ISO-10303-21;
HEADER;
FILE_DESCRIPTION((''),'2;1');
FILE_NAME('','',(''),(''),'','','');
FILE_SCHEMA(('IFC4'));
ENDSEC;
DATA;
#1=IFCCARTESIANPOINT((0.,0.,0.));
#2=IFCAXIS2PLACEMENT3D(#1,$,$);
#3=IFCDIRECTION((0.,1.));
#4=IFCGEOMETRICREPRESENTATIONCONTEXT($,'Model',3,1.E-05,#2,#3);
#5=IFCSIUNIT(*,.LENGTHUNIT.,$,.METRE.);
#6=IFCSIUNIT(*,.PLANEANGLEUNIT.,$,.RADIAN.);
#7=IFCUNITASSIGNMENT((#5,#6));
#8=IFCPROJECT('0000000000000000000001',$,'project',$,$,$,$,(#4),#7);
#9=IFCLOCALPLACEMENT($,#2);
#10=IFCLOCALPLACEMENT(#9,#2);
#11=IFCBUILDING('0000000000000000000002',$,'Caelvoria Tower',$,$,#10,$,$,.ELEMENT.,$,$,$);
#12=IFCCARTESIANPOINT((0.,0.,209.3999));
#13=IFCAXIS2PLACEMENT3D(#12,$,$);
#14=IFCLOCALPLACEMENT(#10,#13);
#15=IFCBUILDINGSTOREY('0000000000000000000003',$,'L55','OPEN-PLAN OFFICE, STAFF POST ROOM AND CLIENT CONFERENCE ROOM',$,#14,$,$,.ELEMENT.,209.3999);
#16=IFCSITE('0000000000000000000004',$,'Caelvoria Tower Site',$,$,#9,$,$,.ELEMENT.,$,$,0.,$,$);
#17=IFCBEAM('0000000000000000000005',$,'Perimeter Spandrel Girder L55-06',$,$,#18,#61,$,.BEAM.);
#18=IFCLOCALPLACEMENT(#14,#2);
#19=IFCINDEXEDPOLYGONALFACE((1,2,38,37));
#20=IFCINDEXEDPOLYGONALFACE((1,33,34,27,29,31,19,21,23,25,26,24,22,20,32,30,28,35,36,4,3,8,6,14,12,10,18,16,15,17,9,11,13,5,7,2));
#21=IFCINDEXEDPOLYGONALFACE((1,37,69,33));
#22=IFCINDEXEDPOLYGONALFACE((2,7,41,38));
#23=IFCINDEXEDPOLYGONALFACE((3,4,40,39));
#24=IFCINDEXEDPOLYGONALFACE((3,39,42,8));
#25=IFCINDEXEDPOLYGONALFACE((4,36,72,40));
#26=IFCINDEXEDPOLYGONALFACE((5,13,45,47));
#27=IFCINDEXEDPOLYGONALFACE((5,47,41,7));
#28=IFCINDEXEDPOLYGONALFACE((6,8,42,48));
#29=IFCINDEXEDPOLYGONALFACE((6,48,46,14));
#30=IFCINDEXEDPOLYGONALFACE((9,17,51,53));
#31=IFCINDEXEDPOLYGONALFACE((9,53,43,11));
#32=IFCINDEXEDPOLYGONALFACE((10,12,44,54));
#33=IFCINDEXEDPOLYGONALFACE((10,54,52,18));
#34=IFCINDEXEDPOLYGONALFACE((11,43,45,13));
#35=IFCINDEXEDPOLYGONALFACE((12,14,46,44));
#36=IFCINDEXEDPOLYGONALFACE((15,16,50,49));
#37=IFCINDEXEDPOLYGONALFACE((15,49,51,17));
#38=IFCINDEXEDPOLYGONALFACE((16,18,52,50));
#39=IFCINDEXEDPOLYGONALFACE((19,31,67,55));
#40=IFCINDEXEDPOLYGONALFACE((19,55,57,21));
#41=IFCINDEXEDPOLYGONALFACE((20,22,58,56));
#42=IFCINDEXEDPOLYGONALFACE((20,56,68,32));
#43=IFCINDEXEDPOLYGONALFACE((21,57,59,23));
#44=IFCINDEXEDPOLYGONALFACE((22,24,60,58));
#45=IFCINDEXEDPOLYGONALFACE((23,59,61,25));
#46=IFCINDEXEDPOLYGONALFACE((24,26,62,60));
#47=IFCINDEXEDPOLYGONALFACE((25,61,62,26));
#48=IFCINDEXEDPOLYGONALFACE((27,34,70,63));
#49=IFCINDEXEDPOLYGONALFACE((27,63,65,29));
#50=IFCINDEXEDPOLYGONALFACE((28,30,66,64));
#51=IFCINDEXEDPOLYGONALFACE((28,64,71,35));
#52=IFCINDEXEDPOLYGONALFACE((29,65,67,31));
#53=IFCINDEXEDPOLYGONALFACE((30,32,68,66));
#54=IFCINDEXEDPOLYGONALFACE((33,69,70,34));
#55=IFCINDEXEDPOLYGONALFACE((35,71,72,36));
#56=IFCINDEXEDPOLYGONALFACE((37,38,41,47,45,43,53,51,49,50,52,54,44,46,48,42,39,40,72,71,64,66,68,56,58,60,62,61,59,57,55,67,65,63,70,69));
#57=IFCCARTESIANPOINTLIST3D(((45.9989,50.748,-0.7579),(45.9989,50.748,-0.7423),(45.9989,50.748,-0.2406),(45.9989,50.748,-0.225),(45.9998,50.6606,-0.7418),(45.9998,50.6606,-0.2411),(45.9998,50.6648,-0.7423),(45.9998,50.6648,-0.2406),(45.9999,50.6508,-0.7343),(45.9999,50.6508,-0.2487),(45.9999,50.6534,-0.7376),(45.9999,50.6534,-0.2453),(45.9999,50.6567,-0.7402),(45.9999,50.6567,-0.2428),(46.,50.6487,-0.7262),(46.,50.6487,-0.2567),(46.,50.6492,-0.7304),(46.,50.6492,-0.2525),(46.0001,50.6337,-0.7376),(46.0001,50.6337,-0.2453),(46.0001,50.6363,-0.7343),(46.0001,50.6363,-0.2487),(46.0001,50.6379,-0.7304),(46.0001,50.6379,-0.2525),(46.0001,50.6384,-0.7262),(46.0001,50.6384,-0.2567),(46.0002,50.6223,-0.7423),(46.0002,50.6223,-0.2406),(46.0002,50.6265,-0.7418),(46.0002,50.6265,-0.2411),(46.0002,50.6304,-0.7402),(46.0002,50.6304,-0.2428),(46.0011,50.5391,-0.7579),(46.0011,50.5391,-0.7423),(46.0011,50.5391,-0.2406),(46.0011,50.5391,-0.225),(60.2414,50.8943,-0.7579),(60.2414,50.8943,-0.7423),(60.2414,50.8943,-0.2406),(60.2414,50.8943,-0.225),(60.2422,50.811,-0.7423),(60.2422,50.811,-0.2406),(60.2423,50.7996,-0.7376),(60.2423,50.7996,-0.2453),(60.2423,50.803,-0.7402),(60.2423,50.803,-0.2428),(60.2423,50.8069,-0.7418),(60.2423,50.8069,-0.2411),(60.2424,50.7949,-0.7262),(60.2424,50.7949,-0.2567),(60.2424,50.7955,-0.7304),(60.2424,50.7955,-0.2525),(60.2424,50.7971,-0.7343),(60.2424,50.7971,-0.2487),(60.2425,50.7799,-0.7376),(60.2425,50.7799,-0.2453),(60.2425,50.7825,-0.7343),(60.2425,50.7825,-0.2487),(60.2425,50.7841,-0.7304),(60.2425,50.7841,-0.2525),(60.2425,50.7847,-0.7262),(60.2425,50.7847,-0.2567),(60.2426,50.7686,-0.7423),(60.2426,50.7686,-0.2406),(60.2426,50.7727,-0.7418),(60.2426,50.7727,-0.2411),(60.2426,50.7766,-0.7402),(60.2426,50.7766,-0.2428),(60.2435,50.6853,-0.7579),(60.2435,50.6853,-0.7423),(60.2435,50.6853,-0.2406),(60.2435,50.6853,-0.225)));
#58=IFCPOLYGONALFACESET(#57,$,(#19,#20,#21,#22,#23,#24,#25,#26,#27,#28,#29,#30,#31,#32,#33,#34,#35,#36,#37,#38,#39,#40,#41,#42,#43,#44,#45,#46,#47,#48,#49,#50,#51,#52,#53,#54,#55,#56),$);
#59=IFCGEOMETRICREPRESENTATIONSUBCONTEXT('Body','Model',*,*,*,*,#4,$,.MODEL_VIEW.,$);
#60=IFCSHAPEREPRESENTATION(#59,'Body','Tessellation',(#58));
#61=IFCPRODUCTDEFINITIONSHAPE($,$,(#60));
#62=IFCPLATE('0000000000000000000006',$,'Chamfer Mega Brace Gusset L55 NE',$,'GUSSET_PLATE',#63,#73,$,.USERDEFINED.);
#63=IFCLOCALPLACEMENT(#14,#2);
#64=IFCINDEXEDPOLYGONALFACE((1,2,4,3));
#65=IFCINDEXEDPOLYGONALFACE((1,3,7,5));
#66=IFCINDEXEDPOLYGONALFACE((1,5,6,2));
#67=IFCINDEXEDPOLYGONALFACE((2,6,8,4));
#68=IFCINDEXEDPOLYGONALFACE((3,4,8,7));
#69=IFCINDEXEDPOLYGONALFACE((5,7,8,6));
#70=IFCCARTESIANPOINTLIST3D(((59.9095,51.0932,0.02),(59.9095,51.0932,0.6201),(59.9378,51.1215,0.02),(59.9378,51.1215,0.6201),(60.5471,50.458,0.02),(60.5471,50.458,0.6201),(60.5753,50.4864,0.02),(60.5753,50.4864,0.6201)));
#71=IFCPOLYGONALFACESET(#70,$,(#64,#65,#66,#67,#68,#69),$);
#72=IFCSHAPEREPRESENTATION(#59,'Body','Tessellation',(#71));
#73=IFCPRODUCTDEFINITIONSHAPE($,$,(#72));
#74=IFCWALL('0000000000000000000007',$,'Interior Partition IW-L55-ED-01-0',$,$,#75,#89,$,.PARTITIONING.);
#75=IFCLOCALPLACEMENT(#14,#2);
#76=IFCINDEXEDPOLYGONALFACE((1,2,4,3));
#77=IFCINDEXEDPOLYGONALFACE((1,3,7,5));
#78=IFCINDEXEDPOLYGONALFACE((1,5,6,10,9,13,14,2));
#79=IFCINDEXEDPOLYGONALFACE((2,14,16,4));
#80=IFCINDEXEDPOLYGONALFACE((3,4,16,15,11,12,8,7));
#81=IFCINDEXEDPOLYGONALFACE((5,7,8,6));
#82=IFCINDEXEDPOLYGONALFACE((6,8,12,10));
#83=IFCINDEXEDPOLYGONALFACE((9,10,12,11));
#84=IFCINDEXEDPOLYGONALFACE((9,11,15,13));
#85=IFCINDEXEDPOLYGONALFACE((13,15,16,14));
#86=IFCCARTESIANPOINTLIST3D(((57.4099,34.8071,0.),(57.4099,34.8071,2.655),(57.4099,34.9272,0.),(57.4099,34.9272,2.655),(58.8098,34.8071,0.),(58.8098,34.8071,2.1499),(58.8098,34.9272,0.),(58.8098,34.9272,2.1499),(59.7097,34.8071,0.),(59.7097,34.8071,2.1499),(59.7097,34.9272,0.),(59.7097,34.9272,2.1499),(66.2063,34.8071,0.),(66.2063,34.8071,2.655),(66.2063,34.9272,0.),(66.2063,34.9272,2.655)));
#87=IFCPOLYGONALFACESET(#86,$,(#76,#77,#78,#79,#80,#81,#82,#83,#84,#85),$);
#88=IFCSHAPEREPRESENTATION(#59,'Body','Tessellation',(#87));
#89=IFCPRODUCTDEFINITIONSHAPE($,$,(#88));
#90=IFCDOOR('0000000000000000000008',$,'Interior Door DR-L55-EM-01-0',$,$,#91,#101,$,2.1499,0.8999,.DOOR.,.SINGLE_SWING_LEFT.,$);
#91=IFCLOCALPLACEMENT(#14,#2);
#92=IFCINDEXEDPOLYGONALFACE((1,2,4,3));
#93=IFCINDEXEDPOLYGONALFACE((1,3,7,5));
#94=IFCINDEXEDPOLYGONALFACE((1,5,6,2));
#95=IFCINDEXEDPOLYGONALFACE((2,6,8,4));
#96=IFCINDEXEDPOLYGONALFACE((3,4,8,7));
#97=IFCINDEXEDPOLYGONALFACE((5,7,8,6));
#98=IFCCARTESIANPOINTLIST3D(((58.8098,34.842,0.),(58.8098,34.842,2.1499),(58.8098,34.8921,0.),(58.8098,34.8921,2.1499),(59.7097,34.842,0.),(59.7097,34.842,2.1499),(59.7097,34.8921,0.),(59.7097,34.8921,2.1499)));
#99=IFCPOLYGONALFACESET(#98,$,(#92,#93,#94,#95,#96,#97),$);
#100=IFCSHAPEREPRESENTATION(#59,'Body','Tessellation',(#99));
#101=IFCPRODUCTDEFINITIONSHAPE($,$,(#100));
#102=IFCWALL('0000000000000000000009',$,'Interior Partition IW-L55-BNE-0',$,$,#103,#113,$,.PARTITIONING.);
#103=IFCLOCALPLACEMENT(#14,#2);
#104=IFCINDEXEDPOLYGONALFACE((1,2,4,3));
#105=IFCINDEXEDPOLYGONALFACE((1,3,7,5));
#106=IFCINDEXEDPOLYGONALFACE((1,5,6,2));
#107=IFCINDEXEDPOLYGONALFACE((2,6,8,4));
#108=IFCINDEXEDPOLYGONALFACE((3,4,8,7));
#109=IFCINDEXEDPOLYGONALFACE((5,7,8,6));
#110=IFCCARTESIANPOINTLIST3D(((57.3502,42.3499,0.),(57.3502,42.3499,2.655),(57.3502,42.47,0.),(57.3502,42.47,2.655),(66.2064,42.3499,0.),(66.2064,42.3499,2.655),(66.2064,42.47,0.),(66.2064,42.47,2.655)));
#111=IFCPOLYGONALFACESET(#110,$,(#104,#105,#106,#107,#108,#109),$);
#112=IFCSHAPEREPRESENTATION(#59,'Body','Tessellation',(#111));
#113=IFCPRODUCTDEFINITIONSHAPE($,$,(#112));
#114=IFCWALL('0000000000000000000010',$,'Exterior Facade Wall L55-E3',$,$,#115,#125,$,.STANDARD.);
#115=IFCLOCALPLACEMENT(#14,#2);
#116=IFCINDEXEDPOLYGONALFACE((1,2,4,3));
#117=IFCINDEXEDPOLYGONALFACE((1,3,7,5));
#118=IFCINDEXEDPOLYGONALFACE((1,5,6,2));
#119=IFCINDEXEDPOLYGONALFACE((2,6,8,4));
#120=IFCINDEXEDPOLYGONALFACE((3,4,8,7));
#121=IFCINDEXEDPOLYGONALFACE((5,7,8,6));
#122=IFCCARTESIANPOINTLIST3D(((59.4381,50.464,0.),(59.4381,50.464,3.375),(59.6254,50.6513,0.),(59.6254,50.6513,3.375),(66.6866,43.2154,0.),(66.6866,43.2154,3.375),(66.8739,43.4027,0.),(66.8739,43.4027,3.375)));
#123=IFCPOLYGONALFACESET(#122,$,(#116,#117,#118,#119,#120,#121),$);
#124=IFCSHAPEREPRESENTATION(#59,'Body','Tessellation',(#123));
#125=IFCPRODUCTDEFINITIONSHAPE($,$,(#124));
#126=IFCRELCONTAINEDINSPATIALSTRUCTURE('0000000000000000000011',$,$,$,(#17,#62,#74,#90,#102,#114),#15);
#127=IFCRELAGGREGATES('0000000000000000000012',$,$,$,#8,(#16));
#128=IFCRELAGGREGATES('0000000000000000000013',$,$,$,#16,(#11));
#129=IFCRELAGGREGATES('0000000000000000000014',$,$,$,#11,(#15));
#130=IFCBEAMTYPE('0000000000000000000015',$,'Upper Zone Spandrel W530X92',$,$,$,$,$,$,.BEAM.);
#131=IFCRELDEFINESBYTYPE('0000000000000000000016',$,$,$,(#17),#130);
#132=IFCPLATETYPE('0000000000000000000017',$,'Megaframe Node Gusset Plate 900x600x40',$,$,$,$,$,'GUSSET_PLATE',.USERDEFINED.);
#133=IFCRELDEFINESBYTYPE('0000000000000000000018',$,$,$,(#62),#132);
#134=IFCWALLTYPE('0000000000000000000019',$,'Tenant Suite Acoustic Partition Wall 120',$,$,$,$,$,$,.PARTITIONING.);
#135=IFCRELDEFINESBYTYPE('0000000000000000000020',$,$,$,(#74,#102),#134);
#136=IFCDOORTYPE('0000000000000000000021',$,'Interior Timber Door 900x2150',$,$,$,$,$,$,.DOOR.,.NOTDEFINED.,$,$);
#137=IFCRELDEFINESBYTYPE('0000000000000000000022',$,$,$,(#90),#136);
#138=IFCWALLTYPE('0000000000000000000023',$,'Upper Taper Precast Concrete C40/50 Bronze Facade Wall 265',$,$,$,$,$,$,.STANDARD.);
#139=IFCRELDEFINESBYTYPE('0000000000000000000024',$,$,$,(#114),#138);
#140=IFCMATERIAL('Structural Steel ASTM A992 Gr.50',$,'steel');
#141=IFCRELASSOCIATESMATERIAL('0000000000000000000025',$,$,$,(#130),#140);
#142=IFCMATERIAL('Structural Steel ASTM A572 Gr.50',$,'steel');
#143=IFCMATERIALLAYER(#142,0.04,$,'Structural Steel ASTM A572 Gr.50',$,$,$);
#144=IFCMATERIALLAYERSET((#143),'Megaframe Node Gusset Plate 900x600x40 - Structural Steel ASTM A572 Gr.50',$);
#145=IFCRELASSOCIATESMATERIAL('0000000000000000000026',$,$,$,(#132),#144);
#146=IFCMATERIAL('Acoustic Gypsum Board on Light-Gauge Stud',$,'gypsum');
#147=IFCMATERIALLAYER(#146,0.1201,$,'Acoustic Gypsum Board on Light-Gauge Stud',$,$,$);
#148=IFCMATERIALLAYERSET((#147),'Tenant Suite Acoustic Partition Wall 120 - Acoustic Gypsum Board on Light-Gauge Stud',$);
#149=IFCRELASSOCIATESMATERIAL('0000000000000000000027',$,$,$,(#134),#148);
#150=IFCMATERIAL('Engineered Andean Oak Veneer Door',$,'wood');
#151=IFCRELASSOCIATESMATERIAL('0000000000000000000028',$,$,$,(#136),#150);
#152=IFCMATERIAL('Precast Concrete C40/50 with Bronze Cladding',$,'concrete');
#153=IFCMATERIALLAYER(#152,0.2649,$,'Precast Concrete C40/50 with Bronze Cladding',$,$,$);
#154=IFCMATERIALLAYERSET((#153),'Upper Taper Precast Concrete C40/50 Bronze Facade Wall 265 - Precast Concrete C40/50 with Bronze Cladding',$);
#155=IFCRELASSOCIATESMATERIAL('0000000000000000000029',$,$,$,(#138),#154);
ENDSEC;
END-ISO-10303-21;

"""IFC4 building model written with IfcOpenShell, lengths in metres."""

from ifc_helpers import new_model, si_unit, direction, frame, frame_2d, origin, origin_2d, place, context, subcontext, project, spatial, rectangle, i_section, extrude, material, layer, layer_set, material_profile, profile_set, type_object, element, fill, save


model = new_model("IFC4")

# Units and contexts
model_context = context("Model", 3, precision=1e-05, world=origin(), true_north=direction((0.0, 1.0)))
body_context = subcontext(model_context, "Body", "Model", "MODEL_VIEW")
ifc_project = project(units=[si_unit("LENGTHUNIT", "METRE"), si_unit("PLANEANGLEUNIT", "RADIAN")], contexts=[model_context])

# Site, building, storey
site_placement = place(None, origin())
site = spatial("IfcSite", under=ifc_project, at=site_placement, Name="Caelvoria Tower Site", CompositionType="ELEMENT", RefElevation=0.0)
building_placement = place(site_placement, origin())
building = spatial("IfcBuilding", under=site, at=building_placement, Name="Caelvoria Tower", CompositionType="ELEMENT")
storey_placement = place(building_placement, frame((0.0, 0.0, 209.3999)))
storey = spatial("IfcBuildingStorey", under=building, at=storey_placement, Name="L55", Description="OPEN-PLAN OFFICE, STAFF POST ROOM AND CLIENT CONFERENCE ROOM", CompositionType="ELEMENT", Elevation=209.3999)

# Shared definitions
ifc_material_1 = material(Name="Structural Steel ASTM A572 Gr.50", Category="steel")

# Shared definitions
ifc_material_2 = material(Name="Structural Steel ASTM A992 Gr.50", Category="steel")

# Beam
ifc_material_profile_1 = material_profile(ifc_material_2, i_section(OverallWidth=0.209, OverallDepth=0.533, WebThickness=0.0103, FlangeThickness=0.0156, FilletRadius=0.0161, at=origin_2d()), Name="Structural Steel ASTM A992 Gr.50")
ifc_profile_set_1 = profile_set([ifc_material_profile_1], Name="W530X92 - Structural Steel ASTM A992 Gr.50")
beam_type_1 = type_object("IfcBeamType", Name="Upper Zone Spandrel W530X92", PredefinedType="BEAM", material=ifc_profile_set_1)
beam_1_placement = place(storey_placement, frame((60.2424, 50.7898, -0.4915), z_axis=(-0.999947, -0.010267, 0.0), x_axis=(0.010267, -0.999947, 0.0)))
element("IfcBeam", 1, at=beam_1_placement, inside=storey, type_object=beam_type_1, Name="Perimeter Spandrel Girder L55-06", PredefinedType="BEAM", context=body_context, shape_type="SweptSolid", body=[
    extrude(i_section(OverallWidth=0.209, OverallDepth=0.533, WebThickness=0.0103, FlangeThickness=0.0156, FilletRadius=0.0161, at=origin_2d()), origin(), (0.0, 0.0, 1.0), 14.2432),
])

# Plate
ifc_layer_1 = layer(ifc_material_1, 0.04, Name="Structural Steel ASTM A572 Gr.50")
ifc_layer_set_1 = layer_set([ifc_layer_1], Name="Megaframe Node Gusset Plate 900x600x40 - Structural Steel ASTM A572 Gr.50")
plate_type = type_object("IfcPlateType", Name="Megaframe Node Gusset Plate 900x600x40", ElementType="GUSSET_PLATE", PredefinedType="USERDEFINED", material=ifc_layer_set_1)
plate_placement = place(storey_placement, frame((60.2424, 50.7898, 0.02), z_axis=(0.0, 0.0, 1.0), x_axis=(0.70844, -0.705771, 0.0)))
element("IfcPlate", 2, at=plate_placement, inside=storey, type_object=plate_type, Name="Chamfer Mega Brace Gusset L55 NE", ObjectType="GUSSET_PLATE", PredefinedType="USERDEFINED", context=body_context, shape_type="SweptSolid", body=[
    extrude(rectangle(XDim=0.8999, YDim=0.04, at=origin_2d()), origin(), (0.0, 0.0, 1.0), 0.6001),
])

# Wall, opening, door
ifc_material_3 = material(Name="Acoustic Gypsum Board on Light-Gauge Stud", Category="gypsum")
ifc_layer_2 = layer(ifc_material_3, 0.1201, Name="Acoustic Gypsum Board on Light-Gauge Stud")
ifc_layer_set_2 = layer_set([ifc_layer_2], Name="Tenant Suite Acoustic Partition Wall 120 - Acoustic Gypsum Board on Light-Gauge Stud")
wall_type_1 = type_object("IfcWallType", Name="Tenant Suite Acoustic Partition Wall 120", PredefinedType="PARTITIONING", material=ifc_layer_set_2)
wall_1_placement = place(storey_placement, frame((57.4099, 34.8672, 0.0), z_axis=(0.0, 0.0, 1.0), x_axis=(1.0, 0.0, 0.0)))
wall_1 = element("IfcWall", 3, at=wall_1_placement, inside=storey, type_object=wall_type_1, Name="Interior Partition IW-L55-ED-01-0", PredefinedType="PARTITIONING", context=body_context, shape_type="SweptSolid", body=[
    extrude(rectangle(XDim=8.7964, YDim=0.1201, at=frame_2d((4.3982, 0.0))), origin(), (0.0, 0.0, 1.0), 2.655),
])
opening_1_placement = place(wall_1_placement, frame((1.3999, 0.0, 0.0)))
opening_1 = element("IfcOpeningElement", 4, at=opening_1_placement, cuts=wall_1, PredefinedType="OPENING", context=body_context, shape_type="SweptSolid", body=[
    extrude(rectangle(XDim=0.8999, YDim=2.1499, at=frame_2d((0.45, 1.075))), frame((0.0, 0.0701, 0.0), z_axis=(0.0, -1.0, 0.0), x_axis=(1.0, 0.0, 0.0)), (0.0, 0.0, 1.0), 0.1401),
])
ifc_material_4 = material(Name="Engineered Andean Oak Veneer Door", Category="wood")
door_type = type_object("IfcDoorType", Name="Interior Timber Door 900x2150", OperationType="NOTDEFINED", PredefinedType="DOOR", material=ifc_material_4)
door_placement = place(opening_1_placement, origin())
door = element("IfcDoor", 5, at=door_placement, inside=storey, type_object=door_type, Name="Interior Door DR-L55-EM-01-0", OperationType="SINGLE_SWING_LEFT", OverallHeight=2.1499, OverallWidth=0.8999, PredefinedType="DOOR", context=body_context, shape_type="SweptSolid", body=[
    extrude(rectangle(XDim=0.8999, YDim=2.1499, at=frame_2d((0.45, 1.075))), frame((0.0, 0.0249, 0.0), z_axis=(0.0, -1.0, 0.0), x_axis=(1.0, 0.0, 0.0)), (0.0, 0.0, 1.0), 0.05),
])
fill(opening_1, door)

# Walls
wall_2_placement = place(storey_placement, frame((57.3501, 42.4099, 0.0), z_axis=(0.0, 0.0, 1.0), x_axis=(1.0, 0.0, 0.0)))
element("IfcWall", 6, at=wall_2_placement, inside=storey, type_object=wall_type_1, Name="Interior Partition IW-L55-BNE-0", PredefinedType="PARTITIONING", context=body_context, shape_type="SweptSolid", body=[
    extrude(rectangle(XDim=8.8562, YDim=0.1201, at=frame_2d((4.4282, 0.0))), origin(), (0.0, 0.0, 1.0), 2.655),
])
ifc_material_5 = material(Name="Precast Concrete C40/50 with Bronze Cladding", Category="concrete")
ifc_layer_3 = layer(ifc_material_5, 0.2649, Name="Precast Concrete C40/50 with Bronze Cladding")
ifc_layer_set_3 = layer_set([ifc_layer_3], Name="Upper Taper Precast Concrete C40/50 Bronze Facade Wall 265 - Precast Concrete C40/50 with Bronze Cladding")
wall_type_2 = type_object("IfcWallType", Name="Upper Taper Precast Concrete C40/50 Bronze Facade Wall 265", PredefinedType="STANDARD", material=ifc_layer_set_3)
wall_3_placement = place(storey_placement, frame((66.7803, 43.3091, 0.0), z_axis=(0.0, 0.0, 1.0), x_axis=(-0.707107, 0.707107, 0.0)))
element("IfcWall", 7, at=wall_3_placement, inside=storey, type_object=wall_type_2, Name="Exterior Facade Wall L55-E3", PredefinedType="STANDARD", context=body_context, shape_type="SweptSolid", body=[
    extrude(rectangle(XDim=10.251, YDim=0.2649, at=frame_2d((5.1255, 0.0))), origin(), (0.0, 0.0, 1.0), 3.375),
])

save(model, "model.ifc")
